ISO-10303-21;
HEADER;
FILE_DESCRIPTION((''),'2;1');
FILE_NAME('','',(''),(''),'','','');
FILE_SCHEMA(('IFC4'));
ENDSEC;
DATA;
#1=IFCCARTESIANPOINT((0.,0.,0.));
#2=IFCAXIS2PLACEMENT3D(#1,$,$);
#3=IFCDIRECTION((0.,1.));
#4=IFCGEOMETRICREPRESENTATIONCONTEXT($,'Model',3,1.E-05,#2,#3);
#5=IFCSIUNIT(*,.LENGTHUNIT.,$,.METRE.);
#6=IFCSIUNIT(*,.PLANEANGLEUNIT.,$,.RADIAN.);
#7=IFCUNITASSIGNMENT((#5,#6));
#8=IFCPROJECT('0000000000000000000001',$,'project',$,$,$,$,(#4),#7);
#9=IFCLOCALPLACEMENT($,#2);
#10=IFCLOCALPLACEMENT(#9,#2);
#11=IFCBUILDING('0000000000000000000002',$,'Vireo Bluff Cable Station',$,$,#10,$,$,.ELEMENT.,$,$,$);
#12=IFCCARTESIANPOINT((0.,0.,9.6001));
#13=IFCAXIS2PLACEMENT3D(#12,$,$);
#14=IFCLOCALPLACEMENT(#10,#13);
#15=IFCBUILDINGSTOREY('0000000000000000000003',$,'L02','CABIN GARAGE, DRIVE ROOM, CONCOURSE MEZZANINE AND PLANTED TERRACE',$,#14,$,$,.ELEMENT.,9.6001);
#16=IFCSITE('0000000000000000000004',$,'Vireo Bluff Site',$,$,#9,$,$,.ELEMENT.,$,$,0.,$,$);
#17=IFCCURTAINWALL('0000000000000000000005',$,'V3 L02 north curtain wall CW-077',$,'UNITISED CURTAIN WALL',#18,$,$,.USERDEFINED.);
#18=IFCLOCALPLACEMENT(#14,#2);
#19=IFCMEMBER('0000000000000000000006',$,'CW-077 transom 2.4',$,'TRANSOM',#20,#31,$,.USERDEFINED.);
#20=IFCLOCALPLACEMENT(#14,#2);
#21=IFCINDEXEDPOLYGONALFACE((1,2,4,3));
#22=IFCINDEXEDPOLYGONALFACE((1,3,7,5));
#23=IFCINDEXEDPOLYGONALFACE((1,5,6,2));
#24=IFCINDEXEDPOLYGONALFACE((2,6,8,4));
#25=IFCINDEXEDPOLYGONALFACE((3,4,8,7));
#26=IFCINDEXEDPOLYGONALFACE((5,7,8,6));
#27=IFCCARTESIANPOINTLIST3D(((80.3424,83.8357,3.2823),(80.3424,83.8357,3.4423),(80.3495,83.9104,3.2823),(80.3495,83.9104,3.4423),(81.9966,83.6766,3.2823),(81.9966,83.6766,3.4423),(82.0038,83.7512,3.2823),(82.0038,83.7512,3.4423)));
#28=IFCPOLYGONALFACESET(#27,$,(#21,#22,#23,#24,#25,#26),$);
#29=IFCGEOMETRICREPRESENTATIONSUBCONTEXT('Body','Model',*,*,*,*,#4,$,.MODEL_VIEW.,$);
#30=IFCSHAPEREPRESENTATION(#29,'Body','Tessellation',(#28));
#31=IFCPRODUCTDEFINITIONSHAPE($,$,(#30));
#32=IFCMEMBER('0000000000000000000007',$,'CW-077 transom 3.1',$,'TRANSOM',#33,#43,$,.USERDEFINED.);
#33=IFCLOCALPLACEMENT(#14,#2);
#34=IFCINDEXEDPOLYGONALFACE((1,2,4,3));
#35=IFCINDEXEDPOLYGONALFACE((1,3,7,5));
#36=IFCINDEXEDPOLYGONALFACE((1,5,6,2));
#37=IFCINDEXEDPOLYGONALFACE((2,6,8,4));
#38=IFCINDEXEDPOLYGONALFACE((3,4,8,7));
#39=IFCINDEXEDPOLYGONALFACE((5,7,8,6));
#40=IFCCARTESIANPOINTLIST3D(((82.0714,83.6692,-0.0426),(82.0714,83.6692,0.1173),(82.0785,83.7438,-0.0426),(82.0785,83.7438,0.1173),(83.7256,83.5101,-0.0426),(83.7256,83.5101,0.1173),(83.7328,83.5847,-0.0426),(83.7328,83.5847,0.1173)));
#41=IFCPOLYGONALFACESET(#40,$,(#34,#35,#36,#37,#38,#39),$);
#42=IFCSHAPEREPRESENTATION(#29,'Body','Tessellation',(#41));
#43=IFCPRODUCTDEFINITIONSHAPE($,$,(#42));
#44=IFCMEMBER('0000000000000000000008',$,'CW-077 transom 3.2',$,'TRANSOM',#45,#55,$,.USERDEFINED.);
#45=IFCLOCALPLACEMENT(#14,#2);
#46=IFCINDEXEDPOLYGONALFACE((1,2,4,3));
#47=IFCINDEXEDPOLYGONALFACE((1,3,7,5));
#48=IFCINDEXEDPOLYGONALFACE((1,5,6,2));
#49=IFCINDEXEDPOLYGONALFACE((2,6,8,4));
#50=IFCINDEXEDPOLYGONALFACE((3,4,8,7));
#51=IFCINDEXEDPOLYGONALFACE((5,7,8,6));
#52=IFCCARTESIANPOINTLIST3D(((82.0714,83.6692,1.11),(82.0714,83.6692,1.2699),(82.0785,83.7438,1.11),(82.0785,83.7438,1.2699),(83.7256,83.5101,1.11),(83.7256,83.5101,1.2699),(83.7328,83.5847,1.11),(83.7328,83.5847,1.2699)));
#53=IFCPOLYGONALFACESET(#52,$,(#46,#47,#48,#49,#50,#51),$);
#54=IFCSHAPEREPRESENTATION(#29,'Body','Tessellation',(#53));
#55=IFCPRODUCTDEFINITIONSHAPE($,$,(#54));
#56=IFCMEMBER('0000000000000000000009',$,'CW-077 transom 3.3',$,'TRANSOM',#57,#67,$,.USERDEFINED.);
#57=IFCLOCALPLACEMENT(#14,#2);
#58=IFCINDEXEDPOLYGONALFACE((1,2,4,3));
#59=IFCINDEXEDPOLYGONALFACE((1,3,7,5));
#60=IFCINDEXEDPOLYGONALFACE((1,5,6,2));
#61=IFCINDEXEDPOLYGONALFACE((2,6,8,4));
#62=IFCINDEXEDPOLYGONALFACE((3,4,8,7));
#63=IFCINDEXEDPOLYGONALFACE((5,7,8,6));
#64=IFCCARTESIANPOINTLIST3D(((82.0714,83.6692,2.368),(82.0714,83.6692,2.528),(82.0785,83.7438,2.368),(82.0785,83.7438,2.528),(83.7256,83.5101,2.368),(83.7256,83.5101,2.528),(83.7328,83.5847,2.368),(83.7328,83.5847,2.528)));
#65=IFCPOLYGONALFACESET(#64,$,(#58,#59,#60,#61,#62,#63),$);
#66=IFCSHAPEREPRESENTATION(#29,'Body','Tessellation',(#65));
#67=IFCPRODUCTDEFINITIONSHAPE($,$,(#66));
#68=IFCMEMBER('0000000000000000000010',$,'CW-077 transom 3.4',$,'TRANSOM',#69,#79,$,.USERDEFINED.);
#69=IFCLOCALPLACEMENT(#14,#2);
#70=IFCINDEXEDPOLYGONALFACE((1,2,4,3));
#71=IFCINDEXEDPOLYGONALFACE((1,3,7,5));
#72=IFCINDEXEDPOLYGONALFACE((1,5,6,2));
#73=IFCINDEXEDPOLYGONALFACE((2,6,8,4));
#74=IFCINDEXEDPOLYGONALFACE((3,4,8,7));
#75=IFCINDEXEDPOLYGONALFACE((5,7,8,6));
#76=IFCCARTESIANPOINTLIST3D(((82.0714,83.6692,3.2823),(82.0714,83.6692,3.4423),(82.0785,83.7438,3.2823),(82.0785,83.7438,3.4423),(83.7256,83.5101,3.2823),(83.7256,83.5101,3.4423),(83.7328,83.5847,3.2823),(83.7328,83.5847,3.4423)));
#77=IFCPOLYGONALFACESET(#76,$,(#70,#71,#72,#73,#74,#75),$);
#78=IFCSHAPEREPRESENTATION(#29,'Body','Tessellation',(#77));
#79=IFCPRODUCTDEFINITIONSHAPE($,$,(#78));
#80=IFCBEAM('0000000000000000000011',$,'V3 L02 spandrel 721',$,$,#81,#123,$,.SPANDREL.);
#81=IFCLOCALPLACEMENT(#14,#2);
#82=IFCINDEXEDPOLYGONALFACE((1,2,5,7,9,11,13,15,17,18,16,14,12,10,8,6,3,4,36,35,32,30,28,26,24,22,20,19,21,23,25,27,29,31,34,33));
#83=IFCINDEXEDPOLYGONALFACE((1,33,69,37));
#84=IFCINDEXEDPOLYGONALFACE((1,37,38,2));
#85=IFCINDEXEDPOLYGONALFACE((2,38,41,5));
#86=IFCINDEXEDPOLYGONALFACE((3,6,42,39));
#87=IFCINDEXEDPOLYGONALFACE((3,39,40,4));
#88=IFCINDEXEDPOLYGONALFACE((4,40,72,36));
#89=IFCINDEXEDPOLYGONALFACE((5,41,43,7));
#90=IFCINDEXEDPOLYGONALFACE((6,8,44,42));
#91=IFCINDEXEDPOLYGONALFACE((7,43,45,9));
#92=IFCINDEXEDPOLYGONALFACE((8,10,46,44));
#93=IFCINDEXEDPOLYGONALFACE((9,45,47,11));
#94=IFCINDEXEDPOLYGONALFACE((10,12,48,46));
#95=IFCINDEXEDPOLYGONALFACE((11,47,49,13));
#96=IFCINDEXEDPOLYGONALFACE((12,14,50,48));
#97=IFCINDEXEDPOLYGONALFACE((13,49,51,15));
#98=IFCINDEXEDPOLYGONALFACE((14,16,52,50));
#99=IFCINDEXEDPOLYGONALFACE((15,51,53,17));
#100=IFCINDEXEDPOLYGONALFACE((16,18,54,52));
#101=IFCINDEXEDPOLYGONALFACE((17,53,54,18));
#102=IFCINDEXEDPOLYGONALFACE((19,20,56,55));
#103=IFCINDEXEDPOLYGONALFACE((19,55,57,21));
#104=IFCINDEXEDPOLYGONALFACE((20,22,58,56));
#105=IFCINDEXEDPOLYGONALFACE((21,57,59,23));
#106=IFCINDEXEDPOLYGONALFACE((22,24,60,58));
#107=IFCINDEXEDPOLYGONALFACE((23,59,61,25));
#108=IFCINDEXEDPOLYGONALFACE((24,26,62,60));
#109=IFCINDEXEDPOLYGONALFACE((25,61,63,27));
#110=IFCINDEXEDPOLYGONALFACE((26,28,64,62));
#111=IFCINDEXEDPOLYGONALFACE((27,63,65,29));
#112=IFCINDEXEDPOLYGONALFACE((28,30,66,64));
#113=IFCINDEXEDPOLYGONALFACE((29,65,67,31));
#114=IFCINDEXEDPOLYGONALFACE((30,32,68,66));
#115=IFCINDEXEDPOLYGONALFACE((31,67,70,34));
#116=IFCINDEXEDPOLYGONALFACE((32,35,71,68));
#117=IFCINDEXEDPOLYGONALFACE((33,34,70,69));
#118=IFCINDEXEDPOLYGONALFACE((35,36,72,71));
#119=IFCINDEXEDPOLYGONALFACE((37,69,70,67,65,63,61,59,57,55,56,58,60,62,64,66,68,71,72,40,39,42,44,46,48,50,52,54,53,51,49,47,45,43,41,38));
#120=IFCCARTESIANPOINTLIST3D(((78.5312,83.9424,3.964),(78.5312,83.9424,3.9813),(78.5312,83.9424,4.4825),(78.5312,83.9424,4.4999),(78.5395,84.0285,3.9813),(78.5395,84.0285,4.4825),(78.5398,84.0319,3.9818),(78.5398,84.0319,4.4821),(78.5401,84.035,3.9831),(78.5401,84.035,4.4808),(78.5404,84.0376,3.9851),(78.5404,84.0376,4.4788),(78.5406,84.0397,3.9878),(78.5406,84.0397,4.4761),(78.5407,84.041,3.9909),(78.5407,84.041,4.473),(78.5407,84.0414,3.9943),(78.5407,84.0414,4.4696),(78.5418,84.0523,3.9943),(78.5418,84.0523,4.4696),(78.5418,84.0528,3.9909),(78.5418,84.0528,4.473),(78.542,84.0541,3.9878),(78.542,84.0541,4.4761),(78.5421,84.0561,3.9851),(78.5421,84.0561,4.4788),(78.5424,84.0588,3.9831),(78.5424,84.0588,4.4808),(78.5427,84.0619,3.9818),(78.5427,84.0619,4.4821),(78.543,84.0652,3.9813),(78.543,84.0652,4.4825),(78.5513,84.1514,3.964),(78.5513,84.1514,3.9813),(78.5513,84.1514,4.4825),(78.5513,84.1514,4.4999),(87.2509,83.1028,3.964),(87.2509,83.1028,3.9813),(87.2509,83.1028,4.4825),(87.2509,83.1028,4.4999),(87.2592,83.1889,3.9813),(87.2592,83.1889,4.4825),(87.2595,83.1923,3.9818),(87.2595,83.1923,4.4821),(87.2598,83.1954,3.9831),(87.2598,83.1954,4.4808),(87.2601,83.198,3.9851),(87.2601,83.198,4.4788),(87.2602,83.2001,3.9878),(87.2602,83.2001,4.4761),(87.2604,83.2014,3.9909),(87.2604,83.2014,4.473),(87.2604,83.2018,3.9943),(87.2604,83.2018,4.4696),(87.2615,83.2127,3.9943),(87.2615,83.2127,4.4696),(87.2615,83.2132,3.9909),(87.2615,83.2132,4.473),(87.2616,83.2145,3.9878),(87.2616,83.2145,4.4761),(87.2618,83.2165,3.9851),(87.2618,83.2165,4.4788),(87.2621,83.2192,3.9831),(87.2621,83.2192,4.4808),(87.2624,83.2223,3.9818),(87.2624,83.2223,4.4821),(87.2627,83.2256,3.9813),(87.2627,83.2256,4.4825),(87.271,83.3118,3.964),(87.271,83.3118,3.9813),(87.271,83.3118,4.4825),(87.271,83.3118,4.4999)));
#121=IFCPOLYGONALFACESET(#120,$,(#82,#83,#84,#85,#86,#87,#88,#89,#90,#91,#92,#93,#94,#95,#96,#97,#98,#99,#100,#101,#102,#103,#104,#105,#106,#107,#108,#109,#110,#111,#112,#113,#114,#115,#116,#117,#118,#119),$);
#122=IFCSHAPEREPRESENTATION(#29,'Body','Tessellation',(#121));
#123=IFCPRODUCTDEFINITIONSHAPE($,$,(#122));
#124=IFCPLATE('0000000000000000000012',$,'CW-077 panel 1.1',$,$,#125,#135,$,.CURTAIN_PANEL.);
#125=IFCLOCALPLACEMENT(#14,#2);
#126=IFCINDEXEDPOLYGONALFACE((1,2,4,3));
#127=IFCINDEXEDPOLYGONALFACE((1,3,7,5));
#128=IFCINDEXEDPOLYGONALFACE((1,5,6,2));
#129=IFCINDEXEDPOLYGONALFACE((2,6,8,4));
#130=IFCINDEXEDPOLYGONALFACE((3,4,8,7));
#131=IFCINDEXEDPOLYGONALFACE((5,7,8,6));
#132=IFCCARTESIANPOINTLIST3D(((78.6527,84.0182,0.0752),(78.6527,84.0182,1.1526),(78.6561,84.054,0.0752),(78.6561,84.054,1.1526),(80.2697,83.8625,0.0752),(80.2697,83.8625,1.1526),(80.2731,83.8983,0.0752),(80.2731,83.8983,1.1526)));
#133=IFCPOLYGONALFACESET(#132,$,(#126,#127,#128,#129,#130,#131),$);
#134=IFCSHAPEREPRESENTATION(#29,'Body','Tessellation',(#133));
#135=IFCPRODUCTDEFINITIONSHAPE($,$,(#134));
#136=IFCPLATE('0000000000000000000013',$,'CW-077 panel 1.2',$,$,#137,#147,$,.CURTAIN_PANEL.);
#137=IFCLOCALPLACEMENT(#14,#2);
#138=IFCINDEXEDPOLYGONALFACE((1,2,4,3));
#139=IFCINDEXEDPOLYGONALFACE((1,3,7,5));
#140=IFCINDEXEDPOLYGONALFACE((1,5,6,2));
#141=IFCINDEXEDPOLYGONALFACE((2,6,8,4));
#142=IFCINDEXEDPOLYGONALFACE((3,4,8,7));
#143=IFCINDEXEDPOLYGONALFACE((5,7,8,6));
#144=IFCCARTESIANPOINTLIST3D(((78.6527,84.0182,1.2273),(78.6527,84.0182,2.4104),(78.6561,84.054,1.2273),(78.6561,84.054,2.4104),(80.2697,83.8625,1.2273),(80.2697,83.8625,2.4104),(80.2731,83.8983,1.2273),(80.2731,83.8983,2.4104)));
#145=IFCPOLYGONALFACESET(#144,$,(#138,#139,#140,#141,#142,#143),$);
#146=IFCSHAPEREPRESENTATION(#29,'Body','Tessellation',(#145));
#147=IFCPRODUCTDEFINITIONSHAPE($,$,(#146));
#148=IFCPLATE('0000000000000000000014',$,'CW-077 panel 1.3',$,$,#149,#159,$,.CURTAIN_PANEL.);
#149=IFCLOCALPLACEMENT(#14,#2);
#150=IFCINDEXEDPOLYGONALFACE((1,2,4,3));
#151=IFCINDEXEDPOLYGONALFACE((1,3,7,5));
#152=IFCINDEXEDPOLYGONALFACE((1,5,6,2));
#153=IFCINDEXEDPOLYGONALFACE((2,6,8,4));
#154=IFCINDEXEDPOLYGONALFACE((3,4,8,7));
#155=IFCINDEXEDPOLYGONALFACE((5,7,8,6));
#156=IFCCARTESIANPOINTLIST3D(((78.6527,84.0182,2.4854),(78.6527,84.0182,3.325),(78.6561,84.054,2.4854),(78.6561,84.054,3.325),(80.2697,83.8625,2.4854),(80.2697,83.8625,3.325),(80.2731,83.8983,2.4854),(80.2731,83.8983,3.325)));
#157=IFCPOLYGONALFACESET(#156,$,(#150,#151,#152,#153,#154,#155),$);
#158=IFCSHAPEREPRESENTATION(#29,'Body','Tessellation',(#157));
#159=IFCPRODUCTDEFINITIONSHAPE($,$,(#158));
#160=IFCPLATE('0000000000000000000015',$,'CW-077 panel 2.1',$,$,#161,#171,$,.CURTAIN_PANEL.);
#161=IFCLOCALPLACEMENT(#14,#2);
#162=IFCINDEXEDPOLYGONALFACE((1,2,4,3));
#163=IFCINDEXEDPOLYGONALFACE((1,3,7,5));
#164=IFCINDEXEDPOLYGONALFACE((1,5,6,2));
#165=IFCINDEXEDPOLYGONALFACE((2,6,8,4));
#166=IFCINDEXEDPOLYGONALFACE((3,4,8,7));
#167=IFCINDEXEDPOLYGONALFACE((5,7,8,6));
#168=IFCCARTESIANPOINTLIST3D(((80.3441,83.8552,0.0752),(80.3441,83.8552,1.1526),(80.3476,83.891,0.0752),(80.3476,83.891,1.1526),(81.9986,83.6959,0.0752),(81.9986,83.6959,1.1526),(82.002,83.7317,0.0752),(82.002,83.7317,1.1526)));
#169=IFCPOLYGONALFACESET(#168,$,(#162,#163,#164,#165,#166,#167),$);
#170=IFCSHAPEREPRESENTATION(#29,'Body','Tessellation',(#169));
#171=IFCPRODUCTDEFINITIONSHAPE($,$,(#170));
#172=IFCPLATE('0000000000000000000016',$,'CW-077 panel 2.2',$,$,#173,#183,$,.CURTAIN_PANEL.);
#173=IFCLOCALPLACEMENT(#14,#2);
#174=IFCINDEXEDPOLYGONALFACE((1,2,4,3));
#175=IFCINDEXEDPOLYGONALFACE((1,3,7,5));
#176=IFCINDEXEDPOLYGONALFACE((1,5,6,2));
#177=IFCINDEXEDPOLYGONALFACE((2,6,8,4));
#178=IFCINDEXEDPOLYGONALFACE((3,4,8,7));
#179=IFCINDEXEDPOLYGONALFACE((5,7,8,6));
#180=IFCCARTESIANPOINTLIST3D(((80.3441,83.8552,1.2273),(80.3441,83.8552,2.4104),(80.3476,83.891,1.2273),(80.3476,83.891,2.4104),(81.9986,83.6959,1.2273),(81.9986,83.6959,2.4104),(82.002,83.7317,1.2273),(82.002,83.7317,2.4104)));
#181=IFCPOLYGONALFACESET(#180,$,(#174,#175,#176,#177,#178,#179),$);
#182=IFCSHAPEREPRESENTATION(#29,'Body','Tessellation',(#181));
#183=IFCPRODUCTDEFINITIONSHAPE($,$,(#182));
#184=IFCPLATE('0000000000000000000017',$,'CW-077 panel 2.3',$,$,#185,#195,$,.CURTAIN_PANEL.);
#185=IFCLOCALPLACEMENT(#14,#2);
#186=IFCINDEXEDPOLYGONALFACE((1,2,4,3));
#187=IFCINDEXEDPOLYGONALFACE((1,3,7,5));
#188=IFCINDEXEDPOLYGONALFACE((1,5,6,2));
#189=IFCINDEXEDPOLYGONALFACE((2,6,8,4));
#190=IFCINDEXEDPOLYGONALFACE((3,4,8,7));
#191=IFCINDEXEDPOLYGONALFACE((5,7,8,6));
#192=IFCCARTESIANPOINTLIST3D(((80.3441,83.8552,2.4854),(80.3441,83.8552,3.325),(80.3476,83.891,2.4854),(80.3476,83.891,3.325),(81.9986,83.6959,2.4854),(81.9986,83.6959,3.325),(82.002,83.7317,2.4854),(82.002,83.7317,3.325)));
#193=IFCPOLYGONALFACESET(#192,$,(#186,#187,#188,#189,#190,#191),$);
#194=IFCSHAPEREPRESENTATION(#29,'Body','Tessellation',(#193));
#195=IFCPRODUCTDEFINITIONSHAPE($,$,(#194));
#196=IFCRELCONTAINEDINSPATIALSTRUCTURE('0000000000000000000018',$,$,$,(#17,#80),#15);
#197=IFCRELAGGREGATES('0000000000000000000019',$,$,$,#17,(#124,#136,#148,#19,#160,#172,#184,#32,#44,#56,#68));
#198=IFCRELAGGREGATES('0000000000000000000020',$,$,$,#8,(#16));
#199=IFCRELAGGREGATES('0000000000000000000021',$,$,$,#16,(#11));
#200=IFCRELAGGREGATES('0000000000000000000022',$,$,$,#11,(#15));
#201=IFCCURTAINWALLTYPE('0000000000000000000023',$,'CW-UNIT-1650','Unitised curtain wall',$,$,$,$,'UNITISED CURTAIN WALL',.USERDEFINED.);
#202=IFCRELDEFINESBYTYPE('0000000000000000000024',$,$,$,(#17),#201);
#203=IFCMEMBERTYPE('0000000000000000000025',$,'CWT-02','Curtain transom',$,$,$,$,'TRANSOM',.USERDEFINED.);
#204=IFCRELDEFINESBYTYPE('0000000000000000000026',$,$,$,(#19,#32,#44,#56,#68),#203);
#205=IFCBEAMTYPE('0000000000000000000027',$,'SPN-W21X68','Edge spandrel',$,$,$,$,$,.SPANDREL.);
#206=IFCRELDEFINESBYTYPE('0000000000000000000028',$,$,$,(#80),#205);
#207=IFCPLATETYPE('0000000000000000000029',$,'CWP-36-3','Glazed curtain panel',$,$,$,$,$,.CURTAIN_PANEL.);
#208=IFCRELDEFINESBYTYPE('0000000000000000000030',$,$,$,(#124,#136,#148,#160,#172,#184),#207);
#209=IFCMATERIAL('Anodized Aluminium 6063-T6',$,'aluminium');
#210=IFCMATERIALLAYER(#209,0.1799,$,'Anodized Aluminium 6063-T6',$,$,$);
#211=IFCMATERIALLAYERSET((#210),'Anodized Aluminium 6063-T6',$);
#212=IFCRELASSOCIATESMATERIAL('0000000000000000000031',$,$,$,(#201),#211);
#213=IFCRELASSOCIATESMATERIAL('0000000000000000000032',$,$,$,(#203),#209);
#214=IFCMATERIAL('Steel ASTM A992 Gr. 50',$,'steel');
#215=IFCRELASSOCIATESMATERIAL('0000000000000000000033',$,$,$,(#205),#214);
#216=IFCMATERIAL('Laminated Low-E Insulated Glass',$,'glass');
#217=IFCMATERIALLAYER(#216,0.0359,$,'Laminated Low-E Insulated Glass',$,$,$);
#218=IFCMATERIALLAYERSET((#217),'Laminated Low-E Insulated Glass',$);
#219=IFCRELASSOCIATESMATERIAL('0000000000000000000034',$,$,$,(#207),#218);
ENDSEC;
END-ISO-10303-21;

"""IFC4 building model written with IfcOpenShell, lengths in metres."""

from ifc_helpers import new_model, si_unit, direction, frame, origin, origin_2d, place, context, subcontext, project, spatial, rectangle, i_section, extrude, material, layer, layer_set, material_profile, profile_set, type_object, element, aggregate, save


model = new_model("IFC4")

# Units and contexts
model_context = context("Model", 3, precision=1e-05, world=origin(), true_north=direction((0.0, 1.0)))
body_context = subcontext(model_context, "Body", "Model", "MODEL_VIEW")
ifc_project = project(units=[si_unit("LENGTHUNIT", "METRE"), si_unit("PLANEANGLEUNIT", "RADIAN")], contexts=[model_context])

# Site, building, storey
site_placement = place(None, origin())
site = spatial("IfcSite", under=ifc_project, at=site_placement, Name="Vireo Bluff Site", CompositionType="ELEMENT", RefElevation=0.0)
building_placement = place(site_placement, origin())
building = spatial("IfcBuilding", under=site, at=building_placement, Name="Vireo Bluff Cable Station", CompositionType="ELEMENT")
storey_placement = place(building_placement, frame((0.0, 0.0, 9.6001)))
storey = spatial("IfcBuildingStorey", under=building, at=storey_placement, Name="L02", Description="CABIN GARAGE, DRIVE ROOM, CONCOURSE MEZZANINE AND PLANTED TERRACE", CompositionType="ELEMENT", Elevation=9.6001)

# Shared definitions
ifc_material_1 = material(Name="Steel ASTM A992 Gr. 50", Category="steel")

# Curtain wall, members
ifc_material_2 = material(Name="Anodized Aluminium 6063-T6", Category="aluminium")
ifc_layer_1 = layer(ifc_material_2, 0.1799, Name="Anodized Aluminium 6063-T6")
ifc_layer_set_1 = layer_set([ifc_layer_1], Name="Anodized Aluminium 6063-T6")
curtain_wall_type = type_object("IfcCurtainWallType", Name="CW-UNIT-1650", Description="Unitised curtain wall", ElementType="UNITISED CURTAIN WALL", PredefinedType="USERDEFINED", material=ifc_layer_set_1)
curtain_wall_placement = place(storey_placement, origin())
curtain_wall = element("IfcCurtainWall", 1, at=curtain_wall_placement, inside=storey, type_object=curtain_wall_type, Name="V3 L02 north curtain wall CW-077", ObjectType="UNITISED CURTAIN WALL", PredefinedType="USERDEFINED")
ifc_material_profile_1 = material_profile(ifc_material_2, rectangle(XDim=0.075, YDim=0.1599, at=origin_2d()), Name="ALU-T-75X160")
ifc_profile_set_1 = profile_set([ifc_material_profile_1], Name="Anodized Aluminium 6063-T6")
member_type_1 = type_object("IfcMemberType", Name="CWT-02", Description="Curtain transom", ElementType="TRANSOM", PredefinedType="USERDEFINED", material=ifc_profile_set_1)
member_1_placement = place(storey_placement, frame((80.3459, 83.873, 3.3623), z_axis=(0.995403, -0.09578, 0.0), x_axis=(0.09578, 0.995403, 0.0)))
member_1 = element("IfcMember", 2, at=member_1_placement, type_object=member_type_1, Name="CW-077 transom 2.4", ObjectType="TRANSOM", PredefinedType="USERDEFINED", context=body_context, shape_type="SweptSolid", body=[
    extrude(rectangle(XDim=0.075, YDim=0.1599, at=origin_2d()), origin(), (0.0, 0.0, 1.0), 1.6619),
])
member_2_placement = place(storey_placement, frame((82.075, 83.7065, 0.0374), z_axis=(0.995403, -0.09578, 0.0), x_axis=(0.09578, 0.995403, 0.0)))
member_2 = element("IfcMember", 3, at=member_2_placement, type_object=member_type_1, Name="CW-077 transom 3.1", ObjectType="TRANSOM", PredefinedType="USERDEFINED", context=body_context, shape_type="SweptSolid", body=[
    extrude(rectangle(XDim=0.075, YDim=0.1599, at=origin_2d()), origin(), (0.0, 0.0, 1.0), 1.6619),
])
member_3_placement = place(storey_placement, frame((82.075, 83.7065, 1.1899), z_axis=(0.995403, -0.09578, 0.0), x_axis=(0.09578, 0.995403, 0.0)))
member_3 = element("IfcMember", 4, at=member_3_placement, type_object=member_type_1, Name="CW-077 transom 3.2", ObjectType="TRANSOM", PredefinedType="USERDEFINED", context=body_context, shape_type="SweptSolid", body=[
    extrude(rectangle(XDim=0.075, YDim=0.1599, at=origin_2d()), origin(), (0.0, 0.0, 1.0), 1.6619),
])
member_4_placement = place(storey_placement, frame((82.075, 83.7065, 2.448), z_axis=(0.995403, -0.09578, 0.0), x_axis=(0.09578, 0.995403, 0.0)))
member_4 = element("IfcMember", 5, at=member_4_placement, type_object=member_type_1, Name="CW-077 transom 3.3", ObjectType="TRANSOM", PredefinedType="USERDEFINED", context=body_context, shape_type="SweptSolid", body=[
    extrude(rectangle(XDim=0.075, YDim=0.1599, at=origin_2d()), origin(), (0.0, 0.0, 1.0), 1.6619),
])
member_5_placement = place(storey_placement, frame((82.075, 83.7065, 3.3623), z_axis=(0.995403, -0.09578, 0.0), x_axis=(0.09578, 0.995403, 0.0)))
member_5 = element("IfcMember", 6, at=member_5_placement, type_object=member_type_1, Name="CW-077 transom 3.4", ObjectType="TRANSOM", PredefinedType="USERDEFINED", context=body_context, shape_type="SweptSolid", body=[
    extrude(rectangle(XDim=0.075, YDim=0.1599, at=origin_2d()), origin(), (0.0, 0.0, 1.0), 1.6619),
])

# Beam
ifc_material_profile_2 = material_profile(ifc_material_1, i_section(OverallWidth=0.21, OverallDepth=0.5359, WebThickness=0.011, FlangeThickness=0.0173, FilletRadius=0.0129, at=origin_2d()), Name="W21X68")
ifc_profile_set_2 = profile_set([ifc_material_profile_2], Name="Steel ASTM A992 Gr. 50")
beam_type = type_object("IfcBeamType", Name="SPN-W21X68", Description="Edge spandrel", PredefinedType="SPANDREL", material=ifc_profile_set_2)
beam_placement = place(storey_placement, frame((78.5413, 84.0469, 4.2319), z_axis=(0.995396, -0.095844, 0.0), x_axis=(0.095844, 0.995396, 0.0)))
element("IfcBeam", 7, at=beam_placement, inside=storey, type_object=beam_type, Name="V3 L02 spandrel 721", PredefinedType="SPANDREL", context=body_context, shape_type="SweptSolid", body=[
    extrude(i_section(OverallWidth=0.21, OverallDepth=0.5359, WebThickness=0.011, FlangeThickness=0.0173, FilletRadius=0.0129, at=origin_2d()), origin(), (0.0, 0.0, 1.0), 8.76),
])

# Plates
ifc_material_3 = material(Name="Laminated Low-E Insulated Glass", Category="glass")
ifc_layer_2 = layer(ifc_material_3, 0.0359, Name="Laminated Low-E Insulated Glass")
ifc_layer_set_2 = layer_set([ifc_layer_2], Name="Laminated Low-E Insulated Glass")
plate_type = type_object("IfcPlateType", Name="CWP-36-3", Description="Glazed curtain panel", PredefinedType="CURTAIN_PANEL", material=ifc_layer_set_2)
plate_1_placement = place(storey_placement, frame((79.4629, 83.9583, 0.0752), z_axis=(0.0, 0.0, 1.0), x_axis=(0.995396, -0.095846, 0.0)))
plate_1 = element("IfcPlate", 8, at=plate_1_placement, type_object=plate_type, Name="CW-077 panel 1.1", PredefinedType="CURTAIN_PANEL", context=body_context, shape_type="SweptSolid", body=[
    extrude(rectangle(XDim=1.6245, YDim=0.0359, at=origin_2d()), origin(), (0.0, 0.0, 1.0), 1.0774),
])
plate_2_placement = place(storey_placement, frame((79.4629, 83.9583, 1.2273), z_axis=(0.0, 0.0, 1.0), x_axis=(0.995396, -0.095846, 0.0)))
plate_2 = element("IfcPlate", 9, at=plate_2_placement, type_object=plate_type, Name="CW-077 panel 1.2", PredefinedType="CURTAIN_PANEL", context=body_context, shape_type="SweptSolid", body=[
    extrude(rectangle(XDim=1.6245, YDim=0.0359, at=origin_2d()), origin(), (0.0, 0.0, 1.0), 1.1831),
])
plate_3_placement = place(storey_placement, frame((79.4629, 83.9583, 2.4854), z_axis=(0.0, 0.0, 1.0), x_axis=(0.995396, -0.095846, 0.0)))
plate_3 = element("IfcPlate", 10, at=plate_3_placement, type_object=plate_type, Name="CW-077 panel 1.3", PredefinedType="CURTAIN_PANEL", context=body_context, shape_type="SweptSolid", body=[
    extrude(rectangle(XDim=1.6245, YDim=0.0359, at=origin_2d()), origin(), (0.0, 0.0, 1.0), 0.8396),
])
plate_4_placement = place(storey_placement, frame((81.1731, 83.7935, 0.0752), z_axis=(0.0, 0.0, 1.0), x_axis=(0.995396, -0.095846, 0.0)))
plate_4 = element("IfcPlate", 11, at=plate_4_placement, type_object=plate_type, Name="CW-077 panel 2.1", PredefinedType="CURTAIN_PANEL", context=body_context, shape_type="SweptSolid", body=[
    extrude(rectangle(XDim=1.6621, YDim=0.0359, at=origin_2d()), origin(), (0.0, 0.0, 1.0), 1.0774),
])
plate_5_placement = place(storey_placement, frame((81.1731, 83.7935, 1.2273), z_axis=(0.0, 0.0, 1.0), x_axis=(0.995396, -0.095846, 0.0)))
plate_5 = element("IfcPlate", 12, at=plate_5_placement, type_object=plate_type, Name="CW-077 panel 2.2", PredefinedType="CURTAIN_PANEL", context=body_context, shape_type="SweptSolid", body=[
    extrude(rectangle(XDim=1.6621, YDim=0.0359, at=origin_2d()), origin(), (0.0, 0.0, 1.0), 1.1831),
])
plate_6_placement = place(storey_placement, frame((81.1731, 83.7935, 2.4854), z_axis=(0.0, 0.0, 1.0), x_axis=(0.995396, -0.095846, 0.0)))
plate_6 = element("IfcPlate", 13, at=plate_6_placement, type_object=plate_type, Name="CW-077 panel 2.3", PredefinedType="CURTAIN_PANEL", context=body_context, shape_type="SweptSolid", body=[
    extrude(rectangle(XDim=1.6621, YDim=0.0359, at=origin_2d()), origin(), (0.0, 0.0, 1.0), 0.8396),
])
aggregate(curtain_wall, [plate_1, plate_2, plate_3, member_1, plate_4, plate_5, plate_6, member_2, member_3, member_4, member_5])

save(model, "model.ifc")
